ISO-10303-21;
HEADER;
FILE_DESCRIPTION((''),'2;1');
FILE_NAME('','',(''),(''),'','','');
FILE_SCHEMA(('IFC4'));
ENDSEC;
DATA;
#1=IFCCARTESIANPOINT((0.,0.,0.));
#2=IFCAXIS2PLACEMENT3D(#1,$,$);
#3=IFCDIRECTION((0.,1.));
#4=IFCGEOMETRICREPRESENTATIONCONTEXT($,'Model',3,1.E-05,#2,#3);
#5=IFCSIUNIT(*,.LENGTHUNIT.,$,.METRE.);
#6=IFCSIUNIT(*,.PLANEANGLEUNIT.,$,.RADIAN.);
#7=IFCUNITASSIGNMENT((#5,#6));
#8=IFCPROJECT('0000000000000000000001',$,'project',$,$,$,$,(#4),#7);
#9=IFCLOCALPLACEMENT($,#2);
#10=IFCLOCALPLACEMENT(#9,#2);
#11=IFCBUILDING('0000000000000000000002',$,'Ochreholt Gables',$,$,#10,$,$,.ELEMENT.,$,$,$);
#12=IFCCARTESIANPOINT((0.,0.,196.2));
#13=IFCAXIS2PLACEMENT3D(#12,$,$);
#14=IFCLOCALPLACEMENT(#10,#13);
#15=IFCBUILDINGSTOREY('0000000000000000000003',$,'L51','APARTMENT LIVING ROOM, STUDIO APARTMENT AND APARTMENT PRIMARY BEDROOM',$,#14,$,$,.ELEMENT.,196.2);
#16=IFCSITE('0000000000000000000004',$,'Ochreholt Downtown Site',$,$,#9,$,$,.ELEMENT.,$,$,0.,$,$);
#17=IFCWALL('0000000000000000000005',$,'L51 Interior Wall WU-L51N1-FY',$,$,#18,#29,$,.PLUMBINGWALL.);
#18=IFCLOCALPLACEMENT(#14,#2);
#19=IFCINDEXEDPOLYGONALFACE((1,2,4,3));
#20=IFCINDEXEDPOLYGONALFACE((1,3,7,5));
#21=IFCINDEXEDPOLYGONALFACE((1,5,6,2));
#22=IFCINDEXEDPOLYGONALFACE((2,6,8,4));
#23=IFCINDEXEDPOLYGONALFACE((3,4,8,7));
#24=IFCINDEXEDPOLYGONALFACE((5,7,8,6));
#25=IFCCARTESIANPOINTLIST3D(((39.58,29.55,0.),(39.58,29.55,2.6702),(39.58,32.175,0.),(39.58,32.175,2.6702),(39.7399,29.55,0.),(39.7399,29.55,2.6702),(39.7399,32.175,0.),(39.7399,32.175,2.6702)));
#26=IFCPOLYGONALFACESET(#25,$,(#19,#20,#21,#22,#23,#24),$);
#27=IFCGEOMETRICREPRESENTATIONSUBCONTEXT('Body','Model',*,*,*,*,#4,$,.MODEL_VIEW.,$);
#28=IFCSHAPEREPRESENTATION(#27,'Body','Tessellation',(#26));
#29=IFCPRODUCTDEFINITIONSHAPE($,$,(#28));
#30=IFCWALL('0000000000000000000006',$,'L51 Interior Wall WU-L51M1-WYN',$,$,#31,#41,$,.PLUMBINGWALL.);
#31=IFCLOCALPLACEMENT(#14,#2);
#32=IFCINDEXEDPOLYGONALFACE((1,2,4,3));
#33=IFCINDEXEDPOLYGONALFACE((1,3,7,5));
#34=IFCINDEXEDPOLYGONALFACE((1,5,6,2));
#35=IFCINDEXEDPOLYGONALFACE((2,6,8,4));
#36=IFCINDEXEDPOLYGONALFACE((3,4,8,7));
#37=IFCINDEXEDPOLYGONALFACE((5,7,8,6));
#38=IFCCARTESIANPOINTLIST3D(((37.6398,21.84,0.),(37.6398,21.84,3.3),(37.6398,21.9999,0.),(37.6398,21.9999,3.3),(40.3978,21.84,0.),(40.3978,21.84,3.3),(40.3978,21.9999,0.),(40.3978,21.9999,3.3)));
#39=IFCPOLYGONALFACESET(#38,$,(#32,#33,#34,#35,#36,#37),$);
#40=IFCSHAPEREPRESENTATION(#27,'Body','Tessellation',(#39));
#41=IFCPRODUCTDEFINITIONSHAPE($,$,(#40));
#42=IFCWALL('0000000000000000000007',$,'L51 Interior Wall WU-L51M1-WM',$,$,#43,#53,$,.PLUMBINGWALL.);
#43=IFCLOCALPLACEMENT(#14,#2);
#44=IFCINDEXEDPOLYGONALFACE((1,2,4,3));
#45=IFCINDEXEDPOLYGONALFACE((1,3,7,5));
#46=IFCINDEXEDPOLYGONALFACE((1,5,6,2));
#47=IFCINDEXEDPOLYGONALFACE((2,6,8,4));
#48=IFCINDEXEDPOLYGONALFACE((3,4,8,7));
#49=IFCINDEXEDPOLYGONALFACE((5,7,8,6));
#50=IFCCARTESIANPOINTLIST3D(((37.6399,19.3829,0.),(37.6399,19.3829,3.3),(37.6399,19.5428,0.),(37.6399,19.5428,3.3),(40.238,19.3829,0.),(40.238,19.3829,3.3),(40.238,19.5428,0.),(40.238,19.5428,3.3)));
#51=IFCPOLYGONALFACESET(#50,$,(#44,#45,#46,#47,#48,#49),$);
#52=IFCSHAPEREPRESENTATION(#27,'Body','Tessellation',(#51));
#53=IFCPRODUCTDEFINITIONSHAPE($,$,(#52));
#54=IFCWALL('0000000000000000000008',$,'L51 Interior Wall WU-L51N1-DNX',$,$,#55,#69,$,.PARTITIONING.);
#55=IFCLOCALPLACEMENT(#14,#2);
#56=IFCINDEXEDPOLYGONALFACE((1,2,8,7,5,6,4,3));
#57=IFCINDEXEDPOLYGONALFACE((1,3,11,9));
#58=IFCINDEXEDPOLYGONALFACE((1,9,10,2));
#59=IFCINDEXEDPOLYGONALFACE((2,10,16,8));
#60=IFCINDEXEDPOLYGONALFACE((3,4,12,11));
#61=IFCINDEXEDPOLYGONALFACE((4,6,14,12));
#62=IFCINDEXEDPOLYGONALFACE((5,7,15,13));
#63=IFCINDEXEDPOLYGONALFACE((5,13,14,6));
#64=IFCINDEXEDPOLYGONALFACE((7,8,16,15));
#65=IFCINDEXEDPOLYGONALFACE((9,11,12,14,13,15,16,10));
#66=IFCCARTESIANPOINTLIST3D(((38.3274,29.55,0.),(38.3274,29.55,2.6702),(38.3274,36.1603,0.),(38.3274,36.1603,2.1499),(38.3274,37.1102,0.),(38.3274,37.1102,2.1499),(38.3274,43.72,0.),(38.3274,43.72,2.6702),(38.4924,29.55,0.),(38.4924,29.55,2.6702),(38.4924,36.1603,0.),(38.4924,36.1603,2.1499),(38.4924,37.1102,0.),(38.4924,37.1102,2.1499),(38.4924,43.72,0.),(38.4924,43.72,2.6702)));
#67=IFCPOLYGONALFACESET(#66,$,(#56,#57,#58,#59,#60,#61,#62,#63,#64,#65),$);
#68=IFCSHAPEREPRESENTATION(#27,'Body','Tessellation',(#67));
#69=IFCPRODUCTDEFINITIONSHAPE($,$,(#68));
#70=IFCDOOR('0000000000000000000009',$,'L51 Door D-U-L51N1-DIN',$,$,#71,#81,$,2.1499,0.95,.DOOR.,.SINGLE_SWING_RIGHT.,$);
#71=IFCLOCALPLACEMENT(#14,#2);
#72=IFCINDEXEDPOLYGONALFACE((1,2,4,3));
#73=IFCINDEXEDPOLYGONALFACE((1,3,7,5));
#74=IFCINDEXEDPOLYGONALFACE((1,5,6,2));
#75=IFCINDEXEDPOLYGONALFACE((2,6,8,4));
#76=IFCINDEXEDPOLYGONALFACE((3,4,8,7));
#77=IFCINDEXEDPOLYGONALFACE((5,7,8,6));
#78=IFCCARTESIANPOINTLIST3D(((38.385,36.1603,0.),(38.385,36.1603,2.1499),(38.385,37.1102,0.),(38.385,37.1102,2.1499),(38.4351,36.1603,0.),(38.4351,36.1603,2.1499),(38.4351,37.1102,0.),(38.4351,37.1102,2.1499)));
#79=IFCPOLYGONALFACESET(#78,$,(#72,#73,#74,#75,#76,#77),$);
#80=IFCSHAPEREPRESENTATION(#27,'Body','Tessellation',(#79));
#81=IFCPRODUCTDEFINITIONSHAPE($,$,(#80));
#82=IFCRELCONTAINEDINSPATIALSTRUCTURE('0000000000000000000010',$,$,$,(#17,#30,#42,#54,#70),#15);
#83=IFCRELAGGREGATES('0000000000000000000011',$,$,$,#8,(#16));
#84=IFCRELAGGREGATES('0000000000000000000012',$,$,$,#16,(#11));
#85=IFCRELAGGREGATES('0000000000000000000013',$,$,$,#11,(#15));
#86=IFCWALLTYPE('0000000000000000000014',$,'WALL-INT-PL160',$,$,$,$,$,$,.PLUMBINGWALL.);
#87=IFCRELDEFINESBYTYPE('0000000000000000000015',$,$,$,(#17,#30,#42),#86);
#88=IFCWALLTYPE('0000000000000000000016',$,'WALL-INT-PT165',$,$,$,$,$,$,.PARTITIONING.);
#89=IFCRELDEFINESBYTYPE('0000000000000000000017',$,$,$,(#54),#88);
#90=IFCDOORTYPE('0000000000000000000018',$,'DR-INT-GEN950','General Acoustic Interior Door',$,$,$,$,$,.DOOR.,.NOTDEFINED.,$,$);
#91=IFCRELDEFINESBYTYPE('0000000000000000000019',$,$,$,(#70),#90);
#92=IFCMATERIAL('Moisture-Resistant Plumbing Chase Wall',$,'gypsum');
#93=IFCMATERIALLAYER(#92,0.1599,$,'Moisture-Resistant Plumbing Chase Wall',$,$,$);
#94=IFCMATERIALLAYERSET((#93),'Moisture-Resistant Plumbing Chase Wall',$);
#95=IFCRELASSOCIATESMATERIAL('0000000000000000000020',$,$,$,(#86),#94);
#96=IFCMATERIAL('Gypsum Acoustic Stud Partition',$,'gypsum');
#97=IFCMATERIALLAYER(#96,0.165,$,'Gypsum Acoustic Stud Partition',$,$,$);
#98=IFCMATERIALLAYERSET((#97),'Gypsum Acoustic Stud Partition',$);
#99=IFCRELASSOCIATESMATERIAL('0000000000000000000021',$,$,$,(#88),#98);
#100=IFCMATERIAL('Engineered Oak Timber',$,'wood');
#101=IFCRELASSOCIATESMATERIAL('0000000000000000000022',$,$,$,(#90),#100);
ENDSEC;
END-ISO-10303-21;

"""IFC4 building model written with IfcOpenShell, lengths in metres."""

from ifc_helpers import new_model, si_unit, direction, frame, frame_2d, origin, place, context, subcontext, project, spatial, rectangle, extrude, material, layer, layer_set, type_object, element, fill, save


model = new_model("IFC4")

# Units and contexts
model_context = context("Model", 3, precision=1e-05, world=origin(), true_north=direction((0.0, 1.0)))
body_context = subcontext(model_context, "Body", "Model", "MODEL_VIEW")
ifc_project = project(units=[si_unit("LENGTHUNIT", "METRE"), si_unit("PLANEANGLEUNIT", "RADIAN")], contexts=[model_context])

# Site, building, storey
site_placement = place(None, origin())
site = spatial("IfcSite", under=ifc_project, at=site_placement, Name="Ochreholt Downtown Site", CompositionType="ELEMENT", RefElevation=0.0)
building_placement = place(site_placement, origin())
building = spatial("IfcBuilding", under=site, at=building_placement, Name="Ochreholt Gables", CompositionType="ELEMENT")
storey_placement = place(building_placement, frame((0.0, 0.0, 196.2)))
storey = spatial("IfcBuildingStorey", under=building, at=storey_placement, Name="L51", Description="APARTMENT LIVING ROOM, STUDIO APARTMENT AND APARTMENT PRIMARY BEDROOM", CompositionType="ELEMENT", Elevation=196.2)

# Shared definitions
ifc_material_1 = material(Name="Engineered Oak Timber", Category="wood")

# Walls
ifc_material_2 = material(Name="Moisture-Resistant Plumbing Chase Wall", Category="gypsum")
ifc_layer_1 = layer(ifc_material_2, 0.1599, Name="Moisture-Resistant Plumbing Chase Wall")
ifc_layer_set_1 = layer_set([ifc_layer_1], Name="Moisture-Resistant Plumbing Chase Wall")
wall_type_1 = type_object("IfcWallType", Name="WALL-INT-PL160", PredefinedType="PLUMBINGWALL", material=ifc_layer_set_1)
wall_1_placement = place(storey_placement, frame((39.6599, 29.55, 0.0), z_axis=(0.0, 0.0, 1.0), x_axis=(0.0, 1.0, 0.0)))
element("IfcWall", 1, at=wall_1_placement, inside=storey, type_object=wall_type_1, Name="L51 Interior Wall WU-L51N1-FY", PredefinedType="PLUMBINGWALL", context=body_context, shape_type="SweptSolid", body=[
    extrude(rectangle(XDim=2.625, YDim=0.1599, at=frame_2d((1.3125, 0.0))), origin(), (0.0, 0.0, 1.0), 2.6702),
])
wall_2_placement = place(storey_placement, frame((37.6399, 21.9199, 0.0), z_axis=(0.0, 0.0, 1.0), x_axis=(1.0, 0.0, 0.0)))
element("IfcWall", 2, at=wall_2_placement, inside=storey, type_object=wall_type_1, Name="L51 Interior Wall WU-L51M1-WYN", PredefinedType="PLUMBINGWALL", context=body_context, shape_type="SweptSolid", body=[
    extrude(rectangle(XDim=2.7581, YDim=0.1599, at=frame_2d((1.3789, 0.0))), origin(), (0.0, 0.0, 1.0), 3.3),
])
wall_3_placement = place(storey_placement, frame((37.6399, 19.4629, 0.0), z_axis=(0.0, 0.0, 1.0), x_axis=(1.0, 0.0, 0.0)))
element("IfcWall", 3, at=wall_3_placement, inside=storey, type_object=wall_type_1, Name="L51 Interior Wall WU-L51M1-WM", PredefinedType="PLUMBINGWALL", context=body_context, shape_type="SweptSolid", body=[
    extrude(rectangle(XDim=2.5981, YDim=0.1599, at=frame_2d((1.2991, 0.0))), origin(), (0.0, 0.0, 1.0), 3.3),
])

# Wall, opening, door
ifc_material_3 = material(Name="Gypsum Acoustic Stud Partition", Category="gypsum")
ifc_layer_2 = layer(ifc_material_3, 0.165, Name="Gypsum Acoustic Stud Partition")
ifc_layer_set_2 = layer_set([ifc_layer_2], Name="Gypsum Acoustic Stud Partition")
wall_type_2 = type_object("IfcWallType", Name="WALL-INT-PT165", PredefinedType="PARTITIONING", material=ifc_layer_set_2)
wall_4_placement = place(storey_placement, frame((38.4099, 29.55, 0.0), z_axis=(0.0, 0.0, 1.0), x_axis=(0.0, 1.0, 0.0)))
wall_4 = element("IfcWall", 4, at=wall_4_placement, inside=storey, type_object=wall_type_2, Name="L51 Interior Wall WU-L51N1-DNX", PredefinedType="PARTITIONING", context=body_context, shape_type="SweptSolid", body=[
    extrude(rectangle(XDim=14.1699, YDim=0.165, at=frame_2d((7.085, 0.0))), origin(), (0.0, 0.0, 1.0), 2.6702),
])
opening_1_placement = place(wall_4_placement, frame((6.6101, 0.0, 0.0)))
opening_1 = element("IfcOpeningElement", 5, at=opening_1_placement, cuts=wall_4, PredefinedType="OPENING", context=body_context, shape_type="SweptSolid", body=[
    extrude(rectangle(XDim=0.95, YDim=2.1499, at=frame_2d((0.4751, 1.075))), frame((0.0, 0.0925, 0.0), z_axis=(0.0, -1.0, 0.0), x_axis=(1.0, 0.0, 0.0)), (0.0, 0.0, 1.0), 0.1851),
])
door_type_1 = type_object("IfcDoorType", Name="DR-INT-GEN950", Description="General Acoustic Interior Door", OperationType="NOTDEFINED", PredefinedType="DOOR", material=ifc_material_1)
door_1_placement = place(opening_1_placement, origin())
door_1 = element("IfcDoor", 6, at=door_1_placement, inside=storey, type_object=door_type_1, Name="L51 Door D-U-L51N1-DIN", OperationType="SINGLE_SWING_RIGHT", OverallHeight=2.1499, OverallWidth=0.95, PredefinedType="DOOR", context=body_context, shape_type="SweptSolid", body=[
    extrude(rectangle(XDim=0.95, YDim=2.1499, at=frame_2d((0.4751, 1.075))), frame((0.0, 0.0249, 0.0), z_axis=(0.0, -1.0, 0.0), x_axis=(1.0, 0.0, 0.0)), (0.0, 0.0, 1.0), 0.05),
])
fill(opening_1, door_1)

save(model, "model.ifc")
